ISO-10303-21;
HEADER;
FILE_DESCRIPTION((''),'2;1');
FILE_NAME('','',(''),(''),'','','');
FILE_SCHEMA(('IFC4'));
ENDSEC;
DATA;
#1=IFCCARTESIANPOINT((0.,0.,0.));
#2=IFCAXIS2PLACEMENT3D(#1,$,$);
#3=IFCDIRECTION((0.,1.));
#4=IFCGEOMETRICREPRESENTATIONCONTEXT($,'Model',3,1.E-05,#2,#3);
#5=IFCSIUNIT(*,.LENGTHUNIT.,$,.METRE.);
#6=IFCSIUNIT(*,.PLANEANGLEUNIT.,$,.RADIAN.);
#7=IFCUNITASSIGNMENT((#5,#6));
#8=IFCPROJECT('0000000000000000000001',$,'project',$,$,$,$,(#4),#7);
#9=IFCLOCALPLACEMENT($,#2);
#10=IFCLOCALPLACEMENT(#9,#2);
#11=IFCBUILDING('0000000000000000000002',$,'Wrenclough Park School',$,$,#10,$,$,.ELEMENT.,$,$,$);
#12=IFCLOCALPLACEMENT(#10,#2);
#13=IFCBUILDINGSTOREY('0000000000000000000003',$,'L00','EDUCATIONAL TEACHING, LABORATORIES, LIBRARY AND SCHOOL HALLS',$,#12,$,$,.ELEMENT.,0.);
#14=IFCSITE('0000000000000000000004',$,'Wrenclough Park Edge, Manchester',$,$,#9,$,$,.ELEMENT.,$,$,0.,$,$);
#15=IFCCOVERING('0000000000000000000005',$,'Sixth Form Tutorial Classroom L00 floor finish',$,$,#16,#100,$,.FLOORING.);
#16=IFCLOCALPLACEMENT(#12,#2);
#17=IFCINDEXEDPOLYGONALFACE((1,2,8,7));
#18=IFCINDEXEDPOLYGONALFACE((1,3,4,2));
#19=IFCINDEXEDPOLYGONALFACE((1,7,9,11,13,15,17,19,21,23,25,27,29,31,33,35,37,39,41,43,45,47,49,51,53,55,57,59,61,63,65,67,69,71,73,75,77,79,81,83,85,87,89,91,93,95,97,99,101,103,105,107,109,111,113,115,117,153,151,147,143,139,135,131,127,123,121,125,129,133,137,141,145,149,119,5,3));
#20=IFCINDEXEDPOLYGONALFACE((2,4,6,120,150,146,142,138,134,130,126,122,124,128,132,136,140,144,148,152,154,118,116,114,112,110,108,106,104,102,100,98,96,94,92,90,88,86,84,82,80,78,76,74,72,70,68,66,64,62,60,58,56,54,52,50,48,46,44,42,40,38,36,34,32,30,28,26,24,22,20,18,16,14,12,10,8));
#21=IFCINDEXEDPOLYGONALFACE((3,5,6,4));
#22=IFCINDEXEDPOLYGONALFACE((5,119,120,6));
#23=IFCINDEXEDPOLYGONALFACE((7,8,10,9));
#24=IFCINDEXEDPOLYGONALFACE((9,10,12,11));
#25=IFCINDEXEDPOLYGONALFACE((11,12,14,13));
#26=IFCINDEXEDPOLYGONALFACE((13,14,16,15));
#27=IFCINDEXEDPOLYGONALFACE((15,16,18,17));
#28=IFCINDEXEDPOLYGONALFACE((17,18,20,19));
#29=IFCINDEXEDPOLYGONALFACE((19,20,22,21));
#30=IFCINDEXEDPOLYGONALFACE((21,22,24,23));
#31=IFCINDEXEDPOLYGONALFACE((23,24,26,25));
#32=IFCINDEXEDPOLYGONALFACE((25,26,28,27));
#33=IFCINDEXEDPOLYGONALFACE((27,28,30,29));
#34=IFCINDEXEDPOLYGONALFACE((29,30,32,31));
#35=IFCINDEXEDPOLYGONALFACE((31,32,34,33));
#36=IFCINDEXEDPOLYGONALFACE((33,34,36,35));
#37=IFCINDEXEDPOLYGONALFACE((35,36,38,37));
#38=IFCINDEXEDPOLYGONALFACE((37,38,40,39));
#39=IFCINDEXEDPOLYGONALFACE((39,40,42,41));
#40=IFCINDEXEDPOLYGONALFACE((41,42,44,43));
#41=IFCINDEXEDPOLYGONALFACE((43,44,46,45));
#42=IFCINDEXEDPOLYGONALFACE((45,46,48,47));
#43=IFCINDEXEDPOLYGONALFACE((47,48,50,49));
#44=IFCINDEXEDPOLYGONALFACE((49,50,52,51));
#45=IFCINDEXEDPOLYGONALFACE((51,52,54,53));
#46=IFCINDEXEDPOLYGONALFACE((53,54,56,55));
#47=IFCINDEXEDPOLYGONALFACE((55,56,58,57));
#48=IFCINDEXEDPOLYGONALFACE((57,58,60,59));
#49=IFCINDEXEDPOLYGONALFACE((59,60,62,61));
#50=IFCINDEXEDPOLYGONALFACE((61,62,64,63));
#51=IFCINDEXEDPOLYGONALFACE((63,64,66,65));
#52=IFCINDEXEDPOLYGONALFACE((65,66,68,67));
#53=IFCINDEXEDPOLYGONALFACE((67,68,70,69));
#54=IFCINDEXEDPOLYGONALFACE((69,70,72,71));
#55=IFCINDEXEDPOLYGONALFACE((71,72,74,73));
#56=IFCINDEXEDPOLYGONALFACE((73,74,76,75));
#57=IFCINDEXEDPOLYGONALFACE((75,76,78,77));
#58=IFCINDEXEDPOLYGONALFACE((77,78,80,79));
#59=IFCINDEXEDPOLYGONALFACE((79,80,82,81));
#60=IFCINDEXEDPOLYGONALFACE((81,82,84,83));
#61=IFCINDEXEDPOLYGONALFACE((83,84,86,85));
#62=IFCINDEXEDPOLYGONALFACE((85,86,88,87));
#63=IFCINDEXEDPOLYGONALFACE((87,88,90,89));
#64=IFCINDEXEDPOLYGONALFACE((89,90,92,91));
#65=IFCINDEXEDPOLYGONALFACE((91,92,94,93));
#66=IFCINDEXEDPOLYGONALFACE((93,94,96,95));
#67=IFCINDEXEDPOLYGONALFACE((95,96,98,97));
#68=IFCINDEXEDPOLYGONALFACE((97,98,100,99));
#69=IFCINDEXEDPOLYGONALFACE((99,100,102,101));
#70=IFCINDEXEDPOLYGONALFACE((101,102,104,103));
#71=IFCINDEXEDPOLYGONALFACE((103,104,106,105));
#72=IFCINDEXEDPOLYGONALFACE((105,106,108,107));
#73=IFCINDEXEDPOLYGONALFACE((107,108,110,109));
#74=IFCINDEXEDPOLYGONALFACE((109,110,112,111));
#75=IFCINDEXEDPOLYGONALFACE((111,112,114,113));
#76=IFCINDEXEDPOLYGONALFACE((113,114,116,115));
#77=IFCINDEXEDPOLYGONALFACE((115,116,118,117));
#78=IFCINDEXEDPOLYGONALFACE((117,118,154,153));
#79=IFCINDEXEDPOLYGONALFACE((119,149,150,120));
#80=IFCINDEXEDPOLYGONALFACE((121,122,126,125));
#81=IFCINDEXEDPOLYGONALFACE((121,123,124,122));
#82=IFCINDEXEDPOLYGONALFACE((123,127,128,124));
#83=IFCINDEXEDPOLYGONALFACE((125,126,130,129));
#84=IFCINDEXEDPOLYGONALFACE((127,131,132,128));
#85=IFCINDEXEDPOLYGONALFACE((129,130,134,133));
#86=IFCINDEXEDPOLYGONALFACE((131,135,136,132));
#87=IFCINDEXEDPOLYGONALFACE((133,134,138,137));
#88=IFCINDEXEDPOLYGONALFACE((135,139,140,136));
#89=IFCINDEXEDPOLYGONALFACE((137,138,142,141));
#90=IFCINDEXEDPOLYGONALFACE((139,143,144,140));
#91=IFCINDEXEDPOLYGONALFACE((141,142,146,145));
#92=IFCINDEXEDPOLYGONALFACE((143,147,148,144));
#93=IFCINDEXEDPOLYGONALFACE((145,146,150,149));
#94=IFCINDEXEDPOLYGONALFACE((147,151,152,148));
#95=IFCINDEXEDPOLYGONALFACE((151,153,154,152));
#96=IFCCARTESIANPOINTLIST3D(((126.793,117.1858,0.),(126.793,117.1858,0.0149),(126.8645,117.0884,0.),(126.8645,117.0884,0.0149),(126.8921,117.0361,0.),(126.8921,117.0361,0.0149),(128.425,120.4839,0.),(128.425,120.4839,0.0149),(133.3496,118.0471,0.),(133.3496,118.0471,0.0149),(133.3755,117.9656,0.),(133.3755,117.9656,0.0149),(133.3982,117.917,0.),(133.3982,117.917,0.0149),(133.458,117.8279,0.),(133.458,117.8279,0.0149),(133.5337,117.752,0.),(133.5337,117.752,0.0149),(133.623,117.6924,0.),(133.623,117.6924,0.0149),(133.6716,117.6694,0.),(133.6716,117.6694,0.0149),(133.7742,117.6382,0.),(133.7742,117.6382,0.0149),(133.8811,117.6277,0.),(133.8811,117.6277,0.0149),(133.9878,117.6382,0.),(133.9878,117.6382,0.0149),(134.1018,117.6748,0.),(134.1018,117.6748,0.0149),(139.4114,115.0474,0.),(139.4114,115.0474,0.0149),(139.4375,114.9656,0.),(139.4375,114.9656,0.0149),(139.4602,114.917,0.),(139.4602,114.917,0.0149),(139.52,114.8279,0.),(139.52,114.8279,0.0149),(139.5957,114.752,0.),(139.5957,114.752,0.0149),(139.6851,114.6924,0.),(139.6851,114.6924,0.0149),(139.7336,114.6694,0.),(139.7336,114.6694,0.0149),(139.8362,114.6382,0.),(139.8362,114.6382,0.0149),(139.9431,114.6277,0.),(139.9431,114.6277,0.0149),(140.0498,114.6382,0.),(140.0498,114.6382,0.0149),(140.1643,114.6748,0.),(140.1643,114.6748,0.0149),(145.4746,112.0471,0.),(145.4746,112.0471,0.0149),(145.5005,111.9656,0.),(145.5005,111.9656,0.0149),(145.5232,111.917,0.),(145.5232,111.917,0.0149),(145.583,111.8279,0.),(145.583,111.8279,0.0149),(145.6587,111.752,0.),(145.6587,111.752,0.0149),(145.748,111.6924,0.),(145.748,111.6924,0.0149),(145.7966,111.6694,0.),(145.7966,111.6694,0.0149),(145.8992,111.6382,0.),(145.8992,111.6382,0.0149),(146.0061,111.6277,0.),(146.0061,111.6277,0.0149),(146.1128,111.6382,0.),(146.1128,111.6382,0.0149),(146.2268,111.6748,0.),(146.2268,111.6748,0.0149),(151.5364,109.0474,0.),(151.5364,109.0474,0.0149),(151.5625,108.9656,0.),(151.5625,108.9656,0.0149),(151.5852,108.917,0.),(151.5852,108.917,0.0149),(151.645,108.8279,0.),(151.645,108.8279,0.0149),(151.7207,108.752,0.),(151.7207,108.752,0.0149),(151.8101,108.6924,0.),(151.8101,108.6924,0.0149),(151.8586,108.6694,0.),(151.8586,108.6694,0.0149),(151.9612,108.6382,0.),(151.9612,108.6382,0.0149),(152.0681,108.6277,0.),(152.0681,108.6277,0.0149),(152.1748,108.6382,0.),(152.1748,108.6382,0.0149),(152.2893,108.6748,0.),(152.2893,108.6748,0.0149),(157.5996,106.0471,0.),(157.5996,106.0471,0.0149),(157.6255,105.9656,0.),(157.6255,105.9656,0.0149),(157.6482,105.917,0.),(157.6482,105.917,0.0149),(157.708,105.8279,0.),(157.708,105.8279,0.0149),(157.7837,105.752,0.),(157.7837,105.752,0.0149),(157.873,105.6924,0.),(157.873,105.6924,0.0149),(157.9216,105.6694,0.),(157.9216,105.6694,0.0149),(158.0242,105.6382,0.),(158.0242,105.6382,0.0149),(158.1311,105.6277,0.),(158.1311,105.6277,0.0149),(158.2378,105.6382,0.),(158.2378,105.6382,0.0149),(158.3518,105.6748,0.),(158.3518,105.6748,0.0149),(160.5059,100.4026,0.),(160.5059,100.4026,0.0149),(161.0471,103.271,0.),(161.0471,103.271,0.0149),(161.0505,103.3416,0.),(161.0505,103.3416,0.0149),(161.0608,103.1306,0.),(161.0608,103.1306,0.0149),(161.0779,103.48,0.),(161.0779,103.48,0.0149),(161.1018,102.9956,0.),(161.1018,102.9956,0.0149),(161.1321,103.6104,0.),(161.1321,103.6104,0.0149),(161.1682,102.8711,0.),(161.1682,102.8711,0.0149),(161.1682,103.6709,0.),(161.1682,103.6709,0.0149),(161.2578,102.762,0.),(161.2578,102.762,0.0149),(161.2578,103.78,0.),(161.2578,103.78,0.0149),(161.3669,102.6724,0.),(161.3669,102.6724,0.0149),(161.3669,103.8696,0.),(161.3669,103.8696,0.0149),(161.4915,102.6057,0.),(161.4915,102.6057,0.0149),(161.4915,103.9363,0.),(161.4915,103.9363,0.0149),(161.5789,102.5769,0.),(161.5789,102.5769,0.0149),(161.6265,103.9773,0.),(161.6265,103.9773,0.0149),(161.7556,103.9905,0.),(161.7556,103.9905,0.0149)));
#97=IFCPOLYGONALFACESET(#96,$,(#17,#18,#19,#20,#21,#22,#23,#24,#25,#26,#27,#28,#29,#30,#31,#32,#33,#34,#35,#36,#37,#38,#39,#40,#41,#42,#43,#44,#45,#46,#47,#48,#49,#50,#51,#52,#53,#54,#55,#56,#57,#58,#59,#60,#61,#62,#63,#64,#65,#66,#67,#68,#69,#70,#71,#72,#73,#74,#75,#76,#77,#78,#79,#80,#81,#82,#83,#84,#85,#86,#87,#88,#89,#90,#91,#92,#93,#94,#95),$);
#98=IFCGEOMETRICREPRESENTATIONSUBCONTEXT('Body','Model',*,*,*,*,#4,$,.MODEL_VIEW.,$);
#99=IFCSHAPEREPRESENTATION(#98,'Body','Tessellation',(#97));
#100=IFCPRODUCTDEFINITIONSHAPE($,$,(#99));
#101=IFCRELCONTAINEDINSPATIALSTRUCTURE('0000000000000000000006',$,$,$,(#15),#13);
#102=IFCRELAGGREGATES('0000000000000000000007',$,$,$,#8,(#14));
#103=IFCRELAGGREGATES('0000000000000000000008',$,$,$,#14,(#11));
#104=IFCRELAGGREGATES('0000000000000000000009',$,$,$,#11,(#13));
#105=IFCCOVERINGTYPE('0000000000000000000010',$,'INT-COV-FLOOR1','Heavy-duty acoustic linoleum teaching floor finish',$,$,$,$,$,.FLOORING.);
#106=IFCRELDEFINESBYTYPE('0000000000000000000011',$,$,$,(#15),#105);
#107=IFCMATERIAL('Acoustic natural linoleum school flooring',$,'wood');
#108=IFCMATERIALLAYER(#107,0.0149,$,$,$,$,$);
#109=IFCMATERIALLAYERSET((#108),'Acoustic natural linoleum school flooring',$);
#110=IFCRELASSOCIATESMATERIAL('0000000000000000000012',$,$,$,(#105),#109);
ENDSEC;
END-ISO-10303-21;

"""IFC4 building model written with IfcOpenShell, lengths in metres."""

from ifc_helpers import new_model, si_unit, direction, origin, place, context, subcontext, project, spatial, polyline, outline, extrude, material, layer, layer_set, type_object, element, save


model = new_model("IFC4")

# Units and contexts
model_context = context("Model", 3, precision=1e-05, world=origin(), true_north=direction((0.0, 1.0)))
body_context = subcontext(model_context, "Body", "Model", "MODEL_VIEW")
ifc_project = project(units=[si_unit("LENGTHUNIT", "METRE"), si_unit("PLANEANGLEUNIT", "RADIAN")], contexts=[model_context])

# Site, building, storey
site_placement = place(None, origin())
site = spatial("IfcSite", under=ifc_project, at=site_placement, Name="Wrenclough Park Edge, Manchester", CompositionType="ELEMENT", RefElevation=0.0)
building_placement = place(site_placement, origin())
building = spatial("IfcBuilding", under=site, at=building_placement, Name="Wrenclough Park School", CompositionType="ELEMENT")
storey_placement = place(building_placement, origin())
storey = spatial("IfcBuildingStorey", under=building, at=storey_placement, Name="L00", Description="EDUCATIONAL TEACHING, LABORATORIES, LIBRARY AND SCHOOL HALLS", CompositionType="ELEMENT", Elevation=0.0)

# Covering
ifc_material_1 = material(Name="Acoustic natural linoleum school flooring", Category="wood")
ifc_layer_1 = layer(ifc_material_1, 0.0149)
ifc_layer_set_1 = layer_set([ifc_layer_1], Name="Acoustic natural linoleum school flooring")
covering_type_1 = type_object("IfcCoveringType", Name="INT-COV-FLOOR1", Description="Heavy-duty acoustic linoleum teaching floor finish", PredefinedType="FLOORING", material=ifc_layer_set_1)
covering_1_placement = place(storey_placement, origin())
element("IfcCovering", 1, at=covering_1_placement, inside=storey, type_object=covering_type_1, Name="Sixth Form Tutorial Classroom L00 floor finish", PredefinedType="FLOORING", context=body_context, shape_type="SweptSolid", body=[
    extrude(outline(polyline([(126.8645, 117.0884), (126.8921, 117.0361), (160.5059, 100.4026), (161.5789, 102.5769), (161.4915, 102.6057), (161.3669, 102.6724), (161.2578, 102.762), (161.1682, 102.8711), (161.1018, 102.9956), (161.0608, 103.1306), (161.0471, 103.271), (161.0505, 103.3416), (161.0779, 103.48), (161.1321, 103.6104), (161.1682, 103.6709), (161.2578, 103.78), (161.3669, 103.8696), (161.4915, 103.9363), (161.6265, 103.9773), (161.7556, 103.9905), (158.3518, 105.6748), (158.2378, 105.6382), (158.1311, 105.6277), (158.0242, 105.6382), (157.9216, 105.6694), (157.873, 105.6924), (157.7837, 105.752), (157.708, 105.8279), (157.6482, 105.917), (157.6255, 105.9656), (157.5996, 106.0471), (152.2893, 108.6748), (152.1748, 108.6382), (152.0681, 108.6277), (151.9612, 108.6382), (151.8586, 108.6694), (151.8101, 108.6924), (151.7207, 108.752), (151.645, 108.8279), (151.5852, 108.917), (151.5625, 108.9656), (151.5364, 109.0474), (146.2268, 111.6748), (146.1128, 111.6382), (146.0061, 111.6277), (145.8992, 111.6382), (145.7966, 111.6694), (145.748, 111.6924), (145.6587, 111.752), (145.583, 111.8279), (145.5232, 111.917), (145.5005, 111.9656), (145.4746, 112.0471), (140.1643, 114.6748), (140.0498, 114.6382), (139.9431, 114.6277), (139.8362, 114.6382), (139.7336, 114.6694), (139.6851, 114.6924), (139.5957, 114.752), (139.52, 114.8279), (139.4602, 114.917), (139.4375, 114.9656), (139.4114, 115.0474), (134.1018, 117.6748), (133.9878, 117.6382), (133.8811, 117.6277), (133.7742, 117.6382), (133.6716, 117.6694), (133.623, 117.6924), (133.5337, 117.752), (133.458, 117.8279), (133.3982, 117.917), (133.3755, 117.9656), (133.3496, 118.0471), (128.425, 120.4839), (126.793, 117.1858), (126.8645, 117.0884)])), origin(), (0.0, 0.0, 1.0), 0.0149),
])

save(model, "model.ifc")
